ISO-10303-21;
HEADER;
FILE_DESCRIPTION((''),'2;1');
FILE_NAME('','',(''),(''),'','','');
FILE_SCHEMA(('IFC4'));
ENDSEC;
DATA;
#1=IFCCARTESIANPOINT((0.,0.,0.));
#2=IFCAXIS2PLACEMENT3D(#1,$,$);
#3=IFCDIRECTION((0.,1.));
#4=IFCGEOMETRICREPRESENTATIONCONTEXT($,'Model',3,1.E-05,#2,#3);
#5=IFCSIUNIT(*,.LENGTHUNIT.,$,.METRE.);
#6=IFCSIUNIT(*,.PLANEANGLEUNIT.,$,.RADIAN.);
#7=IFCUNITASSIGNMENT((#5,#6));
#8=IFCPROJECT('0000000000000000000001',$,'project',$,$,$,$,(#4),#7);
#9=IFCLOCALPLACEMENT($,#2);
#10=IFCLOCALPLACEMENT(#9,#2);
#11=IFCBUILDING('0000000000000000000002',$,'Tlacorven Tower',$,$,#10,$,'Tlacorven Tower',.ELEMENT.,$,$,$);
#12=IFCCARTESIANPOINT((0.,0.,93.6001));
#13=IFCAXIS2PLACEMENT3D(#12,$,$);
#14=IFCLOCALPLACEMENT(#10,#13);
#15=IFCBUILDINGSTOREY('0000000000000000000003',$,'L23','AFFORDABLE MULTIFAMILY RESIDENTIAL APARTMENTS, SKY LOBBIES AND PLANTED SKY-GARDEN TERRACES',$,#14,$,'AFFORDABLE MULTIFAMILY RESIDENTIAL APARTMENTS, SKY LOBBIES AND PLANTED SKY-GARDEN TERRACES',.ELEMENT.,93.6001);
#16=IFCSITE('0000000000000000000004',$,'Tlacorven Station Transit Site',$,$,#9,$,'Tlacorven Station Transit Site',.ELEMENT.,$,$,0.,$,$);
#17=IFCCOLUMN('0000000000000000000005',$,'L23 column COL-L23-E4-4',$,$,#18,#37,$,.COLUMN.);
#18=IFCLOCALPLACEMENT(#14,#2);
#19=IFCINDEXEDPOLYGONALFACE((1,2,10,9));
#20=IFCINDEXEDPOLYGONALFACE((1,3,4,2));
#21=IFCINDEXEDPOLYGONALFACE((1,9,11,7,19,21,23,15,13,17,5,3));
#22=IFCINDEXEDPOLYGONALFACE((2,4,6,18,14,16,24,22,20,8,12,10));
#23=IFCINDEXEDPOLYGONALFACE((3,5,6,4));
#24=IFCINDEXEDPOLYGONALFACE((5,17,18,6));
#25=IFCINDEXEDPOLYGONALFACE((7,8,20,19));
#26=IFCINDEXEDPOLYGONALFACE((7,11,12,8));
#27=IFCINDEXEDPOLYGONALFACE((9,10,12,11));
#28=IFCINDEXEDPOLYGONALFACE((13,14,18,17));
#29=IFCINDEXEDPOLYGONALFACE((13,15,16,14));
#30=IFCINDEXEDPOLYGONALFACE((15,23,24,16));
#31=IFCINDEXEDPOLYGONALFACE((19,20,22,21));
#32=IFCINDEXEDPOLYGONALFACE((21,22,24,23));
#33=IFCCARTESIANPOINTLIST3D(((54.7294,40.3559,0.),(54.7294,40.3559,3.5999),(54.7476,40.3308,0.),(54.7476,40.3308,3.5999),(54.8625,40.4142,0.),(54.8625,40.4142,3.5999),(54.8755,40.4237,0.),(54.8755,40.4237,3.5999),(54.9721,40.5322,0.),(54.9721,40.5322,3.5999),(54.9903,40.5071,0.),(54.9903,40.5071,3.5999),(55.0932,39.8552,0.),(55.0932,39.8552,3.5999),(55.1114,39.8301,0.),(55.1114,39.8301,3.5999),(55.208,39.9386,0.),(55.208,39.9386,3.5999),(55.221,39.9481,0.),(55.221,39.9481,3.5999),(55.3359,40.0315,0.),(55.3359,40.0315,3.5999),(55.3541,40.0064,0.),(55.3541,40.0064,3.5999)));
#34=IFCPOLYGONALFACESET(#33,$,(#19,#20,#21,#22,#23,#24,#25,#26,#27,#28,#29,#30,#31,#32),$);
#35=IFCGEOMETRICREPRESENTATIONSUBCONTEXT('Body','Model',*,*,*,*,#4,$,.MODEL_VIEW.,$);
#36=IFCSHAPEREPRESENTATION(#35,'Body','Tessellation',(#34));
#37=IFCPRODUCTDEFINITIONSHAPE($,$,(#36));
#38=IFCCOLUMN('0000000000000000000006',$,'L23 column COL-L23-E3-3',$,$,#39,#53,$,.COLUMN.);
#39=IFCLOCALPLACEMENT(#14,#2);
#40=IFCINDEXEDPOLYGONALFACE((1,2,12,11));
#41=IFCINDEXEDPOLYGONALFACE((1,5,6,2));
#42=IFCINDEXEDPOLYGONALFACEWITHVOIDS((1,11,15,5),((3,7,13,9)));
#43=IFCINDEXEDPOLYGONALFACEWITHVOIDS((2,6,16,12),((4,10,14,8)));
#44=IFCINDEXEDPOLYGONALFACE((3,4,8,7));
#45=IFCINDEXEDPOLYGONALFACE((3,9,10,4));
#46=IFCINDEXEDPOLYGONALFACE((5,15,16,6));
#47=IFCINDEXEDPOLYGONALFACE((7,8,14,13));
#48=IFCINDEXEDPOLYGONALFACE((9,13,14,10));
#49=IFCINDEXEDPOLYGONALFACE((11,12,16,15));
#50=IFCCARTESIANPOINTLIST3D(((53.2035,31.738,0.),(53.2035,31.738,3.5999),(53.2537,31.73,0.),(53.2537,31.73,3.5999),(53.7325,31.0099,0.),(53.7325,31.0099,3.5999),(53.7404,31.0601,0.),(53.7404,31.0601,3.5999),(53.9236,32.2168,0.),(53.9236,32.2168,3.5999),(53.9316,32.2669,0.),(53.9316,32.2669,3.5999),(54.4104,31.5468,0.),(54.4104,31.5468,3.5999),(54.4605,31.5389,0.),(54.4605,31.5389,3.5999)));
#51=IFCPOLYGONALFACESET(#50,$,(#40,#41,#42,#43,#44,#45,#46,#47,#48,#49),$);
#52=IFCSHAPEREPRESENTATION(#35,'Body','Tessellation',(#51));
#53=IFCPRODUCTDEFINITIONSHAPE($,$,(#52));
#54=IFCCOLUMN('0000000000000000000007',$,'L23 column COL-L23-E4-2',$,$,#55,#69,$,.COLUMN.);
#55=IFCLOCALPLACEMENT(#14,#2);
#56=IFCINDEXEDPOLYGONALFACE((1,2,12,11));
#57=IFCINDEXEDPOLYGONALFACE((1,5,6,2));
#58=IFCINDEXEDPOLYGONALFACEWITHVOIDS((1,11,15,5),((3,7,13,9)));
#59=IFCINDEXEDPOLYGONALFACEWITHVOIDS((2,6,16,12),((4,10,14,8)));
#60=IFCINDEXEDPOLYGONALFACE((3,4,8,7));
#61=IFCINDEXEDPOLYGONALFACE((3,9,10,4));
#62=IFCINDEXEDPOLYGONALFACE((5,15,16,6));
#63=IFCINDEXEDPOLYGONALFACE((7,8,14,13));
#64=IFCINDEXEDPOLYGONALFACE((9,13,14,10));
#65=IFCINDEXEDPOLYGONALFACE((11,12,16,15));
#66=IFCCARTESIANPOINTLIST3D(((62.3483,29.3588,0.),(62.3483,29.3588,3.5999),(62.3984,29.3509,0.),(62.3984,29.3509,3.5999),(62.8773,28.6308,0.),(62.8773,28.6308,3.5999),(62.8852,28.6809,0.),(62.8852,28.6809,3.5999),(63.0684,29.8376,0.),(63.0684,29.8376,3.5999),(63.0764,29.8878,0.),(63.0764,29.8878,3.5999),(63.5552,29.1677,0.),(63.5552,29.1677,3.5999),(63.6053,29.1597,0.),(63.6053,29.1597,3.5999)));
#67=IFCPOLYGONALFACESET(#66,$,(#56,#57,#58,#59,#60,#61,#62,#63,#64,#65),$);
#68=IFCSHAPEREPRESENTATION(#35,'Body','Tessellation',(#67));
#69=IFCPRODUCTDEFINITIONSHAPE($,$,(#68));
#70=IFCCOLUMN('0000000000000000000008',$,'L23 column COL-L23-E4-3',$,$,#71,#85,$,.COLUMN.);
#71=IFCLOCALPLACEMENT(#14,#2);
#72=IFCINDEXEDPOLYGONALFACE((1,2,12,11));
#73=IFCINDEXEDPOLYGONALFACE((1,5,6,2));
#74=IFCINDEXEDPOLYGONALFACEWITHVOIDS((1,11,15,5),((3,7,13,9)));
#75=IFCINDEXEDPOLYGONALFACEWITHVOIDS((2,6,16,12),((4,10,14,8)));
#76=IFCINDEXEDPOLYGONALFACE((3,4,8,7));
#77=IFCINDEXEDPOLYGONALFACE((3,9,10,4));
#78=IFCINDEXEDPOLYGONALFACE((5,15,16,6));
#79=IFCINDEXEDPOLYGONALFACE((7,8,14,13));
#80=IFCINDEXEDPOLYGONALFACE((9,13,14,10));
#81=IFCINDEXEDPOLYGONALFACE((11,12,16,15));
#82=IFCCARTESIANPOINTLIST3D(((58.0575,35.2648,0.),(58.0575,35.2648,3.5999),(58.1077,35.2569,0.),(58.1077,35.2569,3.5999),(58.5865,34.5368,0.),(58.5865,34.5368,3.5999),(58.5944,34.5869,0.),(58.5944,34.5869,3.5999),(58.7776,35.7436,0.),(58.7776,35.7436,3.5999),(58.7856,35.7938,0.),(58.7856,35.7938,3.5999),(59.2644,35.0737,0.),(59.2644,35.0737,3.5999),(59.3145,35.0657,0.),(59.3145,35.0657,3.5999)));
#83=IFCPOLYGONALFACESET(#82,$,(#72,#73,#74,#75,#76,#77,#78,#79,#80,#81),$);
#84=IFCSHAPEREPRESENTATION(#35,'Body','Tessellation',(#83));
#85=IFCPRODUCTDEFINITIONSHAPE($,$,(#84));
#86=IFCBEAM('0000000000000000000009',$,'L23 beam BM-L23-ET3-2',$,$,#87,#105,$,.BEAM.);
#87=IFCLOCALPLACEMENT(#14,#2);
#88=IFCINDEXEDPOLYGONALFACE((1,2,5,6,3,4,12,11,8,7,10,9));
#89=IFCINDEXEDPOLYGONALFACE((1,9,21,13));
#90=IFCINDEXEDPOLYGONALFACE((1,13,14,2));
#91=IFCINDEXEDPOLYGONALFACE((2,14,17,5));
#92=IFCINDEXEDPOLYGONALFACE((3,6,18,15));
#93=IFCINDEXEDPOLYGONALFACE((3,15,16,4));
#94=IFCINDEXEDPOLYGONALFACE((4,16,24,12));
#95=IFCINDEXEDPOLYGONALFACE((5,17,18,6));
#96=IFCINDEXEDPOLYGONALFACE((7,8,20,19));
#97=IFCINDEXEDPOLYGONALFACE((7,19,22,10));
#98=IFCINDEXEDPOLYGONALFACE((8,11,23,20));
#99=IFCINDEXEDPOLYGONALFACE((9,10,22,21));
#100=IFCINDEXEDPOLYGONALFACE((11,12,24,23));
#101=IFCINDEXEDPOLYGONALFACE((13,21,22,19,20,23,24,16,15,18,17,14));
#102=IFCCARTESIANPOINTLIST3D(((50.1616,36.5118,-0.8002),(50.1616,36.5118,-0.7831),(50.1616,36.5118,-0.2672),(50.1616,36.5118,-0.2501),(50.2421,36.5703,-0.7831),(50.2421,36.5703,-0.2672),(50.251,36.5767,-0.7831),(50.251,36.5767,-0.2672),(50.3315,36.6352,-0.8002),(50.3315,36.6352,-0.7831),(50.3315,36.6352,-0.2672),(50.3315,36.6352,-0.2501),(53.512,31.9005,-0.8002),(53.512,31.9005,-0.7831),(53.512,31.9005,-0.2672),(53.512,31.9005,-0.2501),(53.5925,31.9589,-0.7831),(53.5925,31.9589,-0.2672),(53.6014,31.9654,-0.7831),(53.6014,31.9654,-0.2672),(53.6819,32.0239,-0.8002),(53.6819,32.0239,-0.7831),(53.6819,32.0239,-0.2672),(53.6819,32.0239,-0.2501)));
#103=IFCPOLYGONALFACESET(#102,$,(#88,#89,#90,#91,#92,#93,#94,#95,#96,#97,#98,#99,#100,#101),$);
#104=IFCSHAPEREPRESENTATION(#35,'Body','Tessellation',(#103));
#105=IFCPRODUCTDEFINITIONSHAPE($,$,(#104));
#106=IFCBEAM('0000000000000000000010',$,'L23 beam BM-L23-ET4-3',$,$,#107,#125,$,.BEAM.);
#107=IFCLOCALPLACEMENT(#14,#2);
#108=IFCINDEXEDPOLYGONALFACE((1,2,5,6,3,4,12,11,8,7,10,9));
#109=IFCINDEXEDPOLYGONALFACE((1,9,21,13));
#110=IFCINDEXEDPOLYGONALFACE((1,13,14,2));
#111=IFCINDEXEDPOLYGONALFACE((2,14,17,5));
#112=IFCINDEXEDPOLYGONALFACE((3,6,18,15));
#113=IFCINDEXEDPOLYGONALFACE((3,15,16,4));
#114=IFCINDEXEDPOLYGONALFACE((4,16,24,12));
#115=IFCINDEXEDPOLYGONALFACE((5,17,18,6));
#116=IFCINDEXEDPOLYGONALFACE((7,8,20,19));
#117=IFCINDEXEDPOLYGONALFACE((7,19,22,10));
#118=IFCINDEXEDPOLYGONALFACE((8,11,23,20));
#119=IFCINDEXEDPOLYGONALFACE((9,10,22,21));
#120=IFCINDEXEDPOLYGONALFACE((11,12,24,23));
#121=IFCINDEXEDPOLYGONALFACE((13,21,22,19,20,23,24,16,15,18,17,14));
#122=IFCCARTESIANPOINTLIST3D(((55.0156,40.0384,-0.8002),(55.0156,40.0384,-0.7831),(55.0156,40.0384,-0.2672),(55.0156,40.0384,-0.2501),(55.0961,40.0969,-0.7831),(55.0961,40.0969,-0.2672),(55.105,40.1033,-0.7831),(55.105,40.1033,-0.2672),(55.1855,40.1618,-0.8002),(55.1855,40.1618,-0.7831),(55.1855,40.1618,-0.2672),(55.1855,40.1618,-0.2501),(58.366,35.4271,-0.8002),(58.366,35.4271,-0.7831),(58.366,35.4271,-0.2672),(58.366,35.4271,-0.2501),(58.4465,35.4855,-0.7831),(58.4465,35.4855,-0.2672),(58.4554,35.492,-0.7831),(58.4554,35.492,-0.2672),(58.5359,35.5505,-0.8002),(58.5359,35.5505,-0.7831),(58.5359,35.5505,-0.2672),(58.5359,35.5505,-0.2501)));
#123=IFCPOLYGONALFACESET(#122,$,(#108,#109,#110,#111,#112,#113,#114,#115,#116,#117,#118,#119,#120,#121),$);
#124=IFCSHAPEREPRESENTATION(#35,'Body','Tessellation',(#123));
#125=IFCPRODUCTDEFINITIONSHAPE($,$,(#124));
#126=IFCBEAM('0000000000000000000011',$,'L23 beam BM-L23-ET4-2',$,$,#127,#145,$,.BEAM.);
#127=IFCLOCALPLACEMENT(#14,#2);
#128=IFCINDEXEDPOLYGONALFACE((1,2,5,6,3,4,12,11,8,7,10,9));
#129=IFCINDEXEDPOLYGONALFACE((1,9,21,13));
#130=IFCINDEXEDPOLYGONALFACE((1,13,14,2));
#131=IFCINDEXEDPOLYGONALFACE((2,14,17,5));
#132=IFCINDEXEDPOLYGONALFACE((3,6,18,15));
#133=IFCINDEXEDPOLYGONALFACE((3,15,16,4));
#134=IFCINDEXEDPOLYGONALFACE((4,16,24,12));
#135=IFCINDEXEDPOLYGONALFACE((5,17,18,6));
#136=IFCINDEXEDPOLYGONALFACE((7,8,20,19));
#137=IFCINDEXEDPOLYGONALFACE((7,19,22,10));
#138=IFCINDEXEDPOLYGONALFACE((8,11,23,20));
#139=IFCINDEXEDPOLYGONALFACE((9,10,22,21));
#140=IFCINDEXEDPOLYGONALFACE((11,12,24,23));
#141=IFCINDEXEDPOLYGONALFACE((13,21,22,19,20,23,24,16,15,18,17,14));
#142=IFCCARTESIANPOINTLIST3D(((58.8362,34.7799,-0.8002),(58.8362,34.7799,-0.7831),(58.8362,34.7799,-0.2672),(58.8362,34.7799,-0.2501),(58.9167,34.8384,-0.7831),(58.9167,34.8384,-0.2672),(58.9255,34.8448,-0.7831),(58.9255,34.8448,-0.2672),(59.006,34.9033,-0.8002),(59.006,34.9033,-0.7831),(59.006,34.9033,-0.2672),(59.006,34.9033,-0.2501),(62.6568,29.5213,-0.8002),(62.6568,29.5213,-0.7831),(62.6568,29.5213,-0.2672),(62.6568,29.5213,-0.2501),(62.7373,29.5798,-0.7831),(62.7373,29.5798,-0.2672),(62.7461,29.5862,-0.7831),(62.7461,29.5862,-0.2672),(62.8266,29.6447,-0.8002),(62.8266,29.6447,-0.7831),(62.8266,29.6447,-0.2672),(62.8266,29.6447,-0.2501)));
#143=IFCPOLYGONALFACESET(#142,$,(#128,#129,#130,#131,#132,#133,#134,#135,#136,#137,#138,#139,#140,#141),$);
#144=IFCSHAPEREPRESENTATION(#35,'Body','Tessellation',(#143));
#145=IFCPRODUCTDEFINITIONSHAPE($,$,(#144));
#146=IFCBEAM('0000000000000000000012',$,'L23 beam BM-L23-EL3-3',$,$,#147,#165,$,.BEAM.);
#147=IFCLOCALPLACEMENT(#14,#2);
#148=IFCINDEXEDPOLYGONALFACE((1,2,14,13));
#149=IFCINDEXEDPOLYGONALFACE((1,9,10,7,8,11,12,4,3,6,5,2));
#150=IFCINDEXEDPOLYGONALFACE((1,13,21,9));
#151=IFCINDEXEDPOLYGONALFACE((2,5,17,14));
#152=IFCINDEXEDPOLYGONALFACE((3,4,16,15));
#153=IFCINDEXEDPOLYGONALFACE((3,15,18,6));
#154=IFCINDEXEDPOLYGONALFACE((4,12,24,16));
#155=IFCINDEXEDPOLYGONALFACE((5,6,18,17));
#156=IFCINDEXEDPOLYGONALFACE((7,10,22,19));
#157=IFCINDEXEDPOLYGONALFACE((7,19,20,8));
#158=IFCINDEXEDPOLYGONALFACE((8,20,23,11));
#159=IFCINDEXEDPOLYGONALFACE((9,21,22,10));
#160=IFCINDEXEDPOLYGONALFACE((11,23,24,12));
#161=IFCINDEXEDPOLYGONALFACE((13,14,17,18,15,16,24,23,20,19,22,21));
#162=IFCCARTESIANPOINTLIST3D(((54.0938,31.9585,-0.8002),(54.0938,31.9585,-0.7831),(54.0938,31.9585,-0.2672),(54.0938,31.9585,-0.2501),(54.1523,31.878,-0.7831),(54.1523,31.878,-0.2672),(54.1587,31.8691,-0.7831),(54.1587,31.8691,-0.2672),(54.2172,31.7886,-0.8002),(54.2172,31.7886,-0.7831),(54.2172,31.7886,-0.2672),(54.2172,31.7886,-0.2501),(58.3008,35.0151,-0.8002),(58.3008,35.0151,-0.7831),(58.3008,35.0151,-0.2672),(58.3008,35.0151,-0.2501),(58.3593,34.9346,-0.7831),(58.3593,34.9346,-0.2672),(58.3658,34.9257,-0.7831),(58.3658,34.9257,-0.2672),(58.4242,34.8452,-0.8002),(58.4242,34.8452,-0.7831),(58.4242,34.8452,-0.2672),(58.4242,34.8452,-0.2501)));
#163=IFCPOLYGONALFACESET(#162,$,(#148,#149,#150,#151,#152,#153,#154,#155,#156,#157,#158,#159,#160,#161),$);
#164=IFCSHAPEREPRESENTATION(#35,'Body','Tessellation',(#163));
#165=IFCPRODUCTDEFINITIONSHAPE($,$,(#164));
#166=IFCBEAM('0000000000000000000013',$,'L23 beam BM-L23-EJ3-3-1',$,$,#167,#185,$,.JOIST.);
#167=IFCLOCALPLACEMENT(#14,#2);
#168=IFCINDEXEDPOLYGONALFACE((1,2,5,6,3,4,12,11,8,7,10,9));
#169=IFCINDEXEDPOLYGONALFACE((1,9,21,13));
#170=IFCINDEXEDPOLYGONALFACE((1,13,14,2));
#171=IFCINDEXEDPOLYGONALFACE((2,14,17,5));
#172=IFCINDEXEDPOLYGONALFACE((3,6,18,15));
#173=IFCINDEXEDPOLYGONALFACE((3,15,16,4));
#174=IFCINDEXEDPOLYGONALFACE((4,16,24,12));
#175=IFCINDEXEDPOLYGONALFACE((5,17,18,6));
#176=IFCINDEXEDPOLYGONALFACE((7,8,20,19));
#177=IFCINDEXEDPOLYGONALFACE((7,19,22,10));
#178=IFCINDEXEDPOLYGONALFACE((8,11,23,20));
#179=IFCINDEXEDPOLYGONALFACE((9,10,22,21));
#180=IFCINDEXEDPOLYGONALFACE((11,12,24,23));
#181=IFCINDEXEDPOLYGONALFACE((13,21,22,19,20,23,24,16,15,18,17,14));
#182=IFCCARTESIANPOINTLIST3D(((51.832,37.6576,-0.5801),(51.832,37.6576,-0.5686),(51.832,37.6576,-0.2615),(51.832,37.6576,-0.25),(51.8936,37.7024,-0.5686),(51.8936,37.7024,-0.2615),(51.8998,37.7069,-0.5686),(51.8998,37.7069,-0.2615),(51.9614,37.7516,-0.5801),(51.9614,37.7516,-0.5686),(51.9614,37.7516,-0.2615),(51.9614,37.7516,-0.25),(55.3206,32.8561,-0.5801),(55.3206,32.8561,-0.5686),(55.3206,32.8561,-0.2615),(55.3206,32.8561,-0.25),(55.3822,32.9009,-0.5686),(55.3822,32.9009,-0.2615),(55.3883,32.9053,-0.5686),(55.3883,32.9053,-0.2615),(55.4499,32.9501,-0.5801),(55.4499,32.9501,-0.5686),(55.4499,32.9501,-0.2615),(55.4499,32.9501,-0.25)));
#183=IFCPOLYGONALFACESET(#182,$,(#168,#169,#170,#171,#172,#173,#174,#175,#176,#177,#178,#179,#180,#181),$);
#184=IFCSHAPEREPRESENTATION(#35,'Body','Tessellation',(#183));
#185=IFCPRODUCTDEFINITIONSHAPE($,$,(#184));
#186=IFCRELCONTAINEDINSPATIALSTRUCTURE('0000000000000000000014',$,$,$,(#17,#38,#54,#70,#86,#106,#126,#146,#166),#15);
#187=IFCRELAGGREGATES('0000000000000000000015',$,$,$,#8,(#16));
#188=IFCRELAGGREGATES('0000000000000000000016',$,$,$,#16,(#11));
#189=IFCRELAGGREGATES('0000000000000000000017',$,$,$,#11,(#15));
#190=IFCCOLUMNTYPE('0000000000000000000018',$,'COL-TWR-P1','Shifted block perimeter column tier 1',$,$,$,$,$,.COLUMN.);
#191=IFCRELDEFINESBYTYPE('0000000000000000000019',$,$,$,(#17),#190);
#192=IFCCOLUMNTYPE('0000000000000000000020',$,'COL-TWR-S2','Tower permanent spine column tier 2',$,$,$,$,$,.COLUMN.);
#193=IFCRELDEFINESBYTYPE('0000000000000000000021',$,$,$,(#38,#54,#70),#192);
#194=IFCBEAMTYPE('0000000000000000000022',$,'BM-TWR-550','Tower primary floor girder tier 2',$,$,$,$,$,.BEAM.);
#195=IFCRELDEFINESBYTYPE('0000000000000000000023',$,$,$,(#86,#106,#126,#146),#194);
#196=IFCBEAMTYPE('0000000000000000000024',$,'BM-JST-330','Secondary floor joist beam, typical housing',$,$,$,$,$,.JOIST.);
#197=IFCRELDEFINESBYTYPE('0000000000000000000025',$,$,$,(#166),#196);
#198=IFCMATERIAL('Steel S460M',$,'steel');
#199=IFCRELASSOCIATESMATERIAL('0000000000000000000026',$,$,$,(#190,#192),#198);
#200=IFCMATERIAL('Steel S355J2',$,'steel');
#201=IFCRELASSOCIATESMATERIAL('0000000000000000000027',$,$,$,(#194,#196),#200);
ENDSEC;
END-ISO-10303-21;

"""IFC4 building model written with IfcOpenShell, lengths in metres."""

from ifc_helpers import new_model, si_unit, direction, frame, origin, origin_2d, place, context, subcontext, project, spatial, hollow_rectangle, i_section, extrude, source, transform, mapped, material, material_profile, profile_set, type_object, element, save


model = new_model("IFC4")

# Units and contexts
model_context = context("Model", 3, precision=1e-05, world=origin(), true_north=direction((0.0, 1.0)))
body_context = subcontext(model_context, "Body", "Model", "MODEL_VIEW")
ifc_project = project(units=[si_unit("LENGTHUNIT", "METRE"), si_unit("PLANEANGLEUNIT", "RADIAN")], contexts=[model_context])

# Site, building, storey
site_placement = place(None, origin())
site = spatial("IfcSite", under=ifc_project, at=site_placement, Name="Tlacorven Station Transit Site", LongName="Tlacorven Station Transit Site", CompositionType="ELEMENT", RefElevation=0.0)
building_placement = place(site_placement, origin())
building = spatial("IfcBuilding", under=site, at=building_placement, Name="Tlacorven Tower", LongName="Tlacorven Tower", CompositionType="ELEMENT")
storey_placement = place(building_placement, frame((0.0, 0.0, 93.6001)))
storey = spatial("IfcBuildingStorey", under=building, at=storey_placement, Name="L23", Description="AFFORDABLE MULTIFAMILY RESIDENTIAL APARTMENTS, SKY LOBBIES AND PLANTED SKY-GARDEN TERRACES", LongName="AFFORDABLE MULTIFAMILY RESIDENTIAL APARTMENTS, SKY LOBBIES AND PLANTED SKY-GARDEN TERRACES", CompositionType="ELEMENT", Elevation=93.6001)

# Columns
ifc_material_1 = material(Name="Steel S460M", Category="steel")
ifc_material_profile_1 = material_profile(ifc_material_1, i_section(OverallWidth=0.3, OverallDepth=0.6499, WebThickness=0.0161, FlangeThickness=0.031, at=origin_2d()), Name="HEB 650")
ifc_profile_set_1 = profile_set([ifc_material_profile_1], Name="Steel S460M")
column_type_1 = type_object("IfcColumnType", Name="COL-TWR-P1", Description="Shifted block perimeter column tier 1", PredefinedType="COLUMN", material=ifc_profile_set_1)
shared_shape_1 = source(origin(), body_context, "Body", "SweptSolid", [
    extrude(i_section(OverallWidth=0.3, OverallDepth=0.6499, WebThickness=0.0161, FlangeThickness=0.031, at=origin_2d()), origin(), (0.0, 0.0, 1.0), 3.5999),
])
column_placement = place(storey_placement, frame((55.0417, 40.1812, 0.0), z_axis=(0.0, 0.0, 1.0), x_axis=(0.809017, 0.587785, 0.0)))
element("IfcColumn", 1, at=column_placement, inside=storey, type_object=column_type_1, Name="L23 column COL-L23-E4-4", PredefinedType="COLUMN", context=body_context, shape_type="MappedRepresentation", body=[
    mapped(shared_shape_1, transform((0.0, 0.0, 0.0), scale=1.0)),
])
ifc_material_profile_2 = material_profile(ifc_material_1, hollow_rectangle(XDim=0.8999, YDim=0.8999, WallThickness=0.0359, at=origin_2d()), Name="BOX 900X900X36")
ifc_profile_set_2 = profile_set([ifc_material_profile_2], Name="Steel S460M")
column_type_2 = type_object("IfcColumnType", Name="COL-TWR-S2", Description="Tower permanent spine column tier 2", PredefinedType="COLUMN", material=ifc_profile_set_2)
shared_shape_2 = source(origin(), body_context, "Body", "SweptSolid", [
    extrude(hollow_rectangle(XDim=0.8999, YDim=0.8999, WallThickness=0.0359, at=origin_2d()), origin(), (0.0, 0.0, 1.0), 3.5999),
])
for number, where, z_axis, x_axis, name in (
    (2, (53.832, 31.6384, 0.0), (0.0, 0.0, 1.0), (0.809017, 0.587785, 0.0), "L23 column COL-L23-E3-3"),
    (3, (62.9768, 29.2593, 0.0), (0.0, 0.0, 1.0), (0.809017, 0.587785, 0.0), "L23 column COL-L23-E4-2"),
    (4, (58.686, 35.1653, 0.0), (0.0, 0.0, 1.0), (0.809017, 0.587785, 0.0), "L23 column COL-L23-E4-3"),
):
    element("IfcColumn", number, at=place(storey_placement, frame(where, z_axis=z_axis, x_axis=x_axis)), inside=storey, type_object=column_type_2, Name=name, PredefinedType="COLUMN", context=body_context, shape_type="MappedRepresentation", body=[
        mapped(shared_shape_2, transform((0.0, 0.0, 0.0), scale=1.0)),
    ])

# Beams
ifc_material_2 = material(Name="Steel S355J2", Category="steel")
ifc_material_profile_3 = material_profile(ifc_material_2, i_section(OverallWidth=0.21, OverallDepth=0.55, WebThickness=0.011, FlangeThickness=0.0171, at=origin_2d()), Name="IPE 550")
ifc_profile_set_3 = profile_set([ifc_material_profile_3], Name="Steel S355J2")
beam_type_1 = type_object("IfcBeamType", Name="BM-TWR-550", Description="Tower primary floor girder tier 2", PredefinedType="BEAM", material=ifc_profile_set_3)
shared_shape_3 = source(origin(), body_context, "Body", "SweptSolid", [
    extrude(i_section(OverallWidth=0.21, OverallDepth=0.55, WebThickness=0.011, FlangeThickness=0.0171, at=origin_2d()), origin(), (0.0, 0.0, 1.0), 5.7),
])
for number, where, z_axis, x_axis, name in (
    (5, (53.5969, 31.9622, -0.5251), (-0.587787, 0.809016, 0.0), (-0.809016, -0.587787, 0.0), "L23 beam BM-L23-ET3-2"),
    (6, (58.4509, 35.4888, -0.5251), (-0.587787, 0.809016, 0.0), (-0.809016, -0.587787, 0.0), "L23 beam BM-L23-ET4-3"),
):
    element("IfcBeam", number, at=place(storey_placement, frame(where, z_axis=z_axis, x_axis=x_axis)), inside=storey, type_object=beam_type_1, Name=name, PredefinedType="BEAM", context=body_context, shape_type="MappedRepresentation", body=[
        mapped(shared_shape_3, transform((0.0, 0.0, 0.0), scale=1.0)),
    ])
shared_shape_4 = source(origin(), body_context, "Body", "SweptSolid", [
    extrude(i_section(OverallWidth=0.21, OverallDepth=0.55, WebThickness=0.011, FlangeThickness=0.0171, at=origin_2d()), origin(), (0.0, 0.0, 1.0), 6.5),
])
beam_1_placement = place(storey_placement, frame((62.7417, 29.583, -0.5251), z_axis=(-0.587785, 0.809017, 0.0), x_axis=(-0.809017, -0.587785, 0.0)))
element("IfcBeam", 7, at=beam_1_placement, inside=storey, type_object=beam_type_1, Name="L23 beam BM-L23-ET4-2", PredefinedType="BEAM", context=body_context, shape_type="MappedRepresentation", body=[
    mapped(shared_shape_4, transform((0.0, 0.0, 0.0), scale=1.0)),
])
shared_shape_5 = source(origin(), body_context, "Body", "SweptSolid", [
    extrude(i_section(OverallWidth=0.21, OverallDepth=0.55, WebThickness=0.011, FlangeThickness=0.0171, at=origin_2d()), origin(), (0.0, 0.0, 1.0), 5.2002),
])
beam_2_placement = place(storey_placement, frame((54.1555, 31.8735, -0.5251), z_axis=(0.809012, 0.587792, 0.0), x_axis=(-0.587792, 0.809012, 0.0)))
element("IfcBeam", 8, at=beam_2_placement, inside=storey, type_object=beam_type_1, Name="L23 beam BM-L23-EL3-3", PredefinedType="BEAM", context=body_context, shape_type="MappedRepresentation", body=[
    mapped(shared_shape_5, transform((0.0, 0.0, 0.0), scale=1.0)),
])
ifc_material_profile_4 = material_profile(ifc_material_2, i_section(OverallWidth=0.1599, OverallDepth=0.3301, WebThickness=0.0076, FlangeThickness=0.0115, at=origin_2d()), Name="IPE 330")
ifc_profile_set_4 = profile_set([ifc_material_profile_4], Name="Steel S355J2")
beam_type_2 = type_object("IfcBeamType", Name="BM-JST-330", Description="Secondary floor joist beam, typical housing", PredefinedType="JOIST", material=ifc_profile_set_4)
shared_shape_6 = source(origin(), body_context, "Body", "SweptSolid", [
    extrude(i_section(OverallWidth=0.1599, OverallDepth=0.3301, WebThickness=0.0076, FlangeThickness=0.0115, at=origin_2d()), origin(), (0.0, 0.0, 1.0), 5.9351),
])
for number, where, z_axis, x_axis, name in (
    (9, (55.3853, 32.9031, -0.415), (-0.587788, 0.809015, 0.0), (-0.809015, -0.587788, 0.0), "L23 beam BM-L23-EJ3-3-1"),
):
    element("IfcBeam", number, at=place(storey_placement, frame(where, z_axis=z_axis, x_axis=x_axis)), inside=storey, type_object=beam_type_2, Name=name, PredefinedType="JOIST", context=body_context, shape_type="MappedRepresentation", body=[
        mapped(shared_shape_6, transform((0.0, 0.0, 0.0), scale=1.0)),
    ])

save(model, "model.ifc")
